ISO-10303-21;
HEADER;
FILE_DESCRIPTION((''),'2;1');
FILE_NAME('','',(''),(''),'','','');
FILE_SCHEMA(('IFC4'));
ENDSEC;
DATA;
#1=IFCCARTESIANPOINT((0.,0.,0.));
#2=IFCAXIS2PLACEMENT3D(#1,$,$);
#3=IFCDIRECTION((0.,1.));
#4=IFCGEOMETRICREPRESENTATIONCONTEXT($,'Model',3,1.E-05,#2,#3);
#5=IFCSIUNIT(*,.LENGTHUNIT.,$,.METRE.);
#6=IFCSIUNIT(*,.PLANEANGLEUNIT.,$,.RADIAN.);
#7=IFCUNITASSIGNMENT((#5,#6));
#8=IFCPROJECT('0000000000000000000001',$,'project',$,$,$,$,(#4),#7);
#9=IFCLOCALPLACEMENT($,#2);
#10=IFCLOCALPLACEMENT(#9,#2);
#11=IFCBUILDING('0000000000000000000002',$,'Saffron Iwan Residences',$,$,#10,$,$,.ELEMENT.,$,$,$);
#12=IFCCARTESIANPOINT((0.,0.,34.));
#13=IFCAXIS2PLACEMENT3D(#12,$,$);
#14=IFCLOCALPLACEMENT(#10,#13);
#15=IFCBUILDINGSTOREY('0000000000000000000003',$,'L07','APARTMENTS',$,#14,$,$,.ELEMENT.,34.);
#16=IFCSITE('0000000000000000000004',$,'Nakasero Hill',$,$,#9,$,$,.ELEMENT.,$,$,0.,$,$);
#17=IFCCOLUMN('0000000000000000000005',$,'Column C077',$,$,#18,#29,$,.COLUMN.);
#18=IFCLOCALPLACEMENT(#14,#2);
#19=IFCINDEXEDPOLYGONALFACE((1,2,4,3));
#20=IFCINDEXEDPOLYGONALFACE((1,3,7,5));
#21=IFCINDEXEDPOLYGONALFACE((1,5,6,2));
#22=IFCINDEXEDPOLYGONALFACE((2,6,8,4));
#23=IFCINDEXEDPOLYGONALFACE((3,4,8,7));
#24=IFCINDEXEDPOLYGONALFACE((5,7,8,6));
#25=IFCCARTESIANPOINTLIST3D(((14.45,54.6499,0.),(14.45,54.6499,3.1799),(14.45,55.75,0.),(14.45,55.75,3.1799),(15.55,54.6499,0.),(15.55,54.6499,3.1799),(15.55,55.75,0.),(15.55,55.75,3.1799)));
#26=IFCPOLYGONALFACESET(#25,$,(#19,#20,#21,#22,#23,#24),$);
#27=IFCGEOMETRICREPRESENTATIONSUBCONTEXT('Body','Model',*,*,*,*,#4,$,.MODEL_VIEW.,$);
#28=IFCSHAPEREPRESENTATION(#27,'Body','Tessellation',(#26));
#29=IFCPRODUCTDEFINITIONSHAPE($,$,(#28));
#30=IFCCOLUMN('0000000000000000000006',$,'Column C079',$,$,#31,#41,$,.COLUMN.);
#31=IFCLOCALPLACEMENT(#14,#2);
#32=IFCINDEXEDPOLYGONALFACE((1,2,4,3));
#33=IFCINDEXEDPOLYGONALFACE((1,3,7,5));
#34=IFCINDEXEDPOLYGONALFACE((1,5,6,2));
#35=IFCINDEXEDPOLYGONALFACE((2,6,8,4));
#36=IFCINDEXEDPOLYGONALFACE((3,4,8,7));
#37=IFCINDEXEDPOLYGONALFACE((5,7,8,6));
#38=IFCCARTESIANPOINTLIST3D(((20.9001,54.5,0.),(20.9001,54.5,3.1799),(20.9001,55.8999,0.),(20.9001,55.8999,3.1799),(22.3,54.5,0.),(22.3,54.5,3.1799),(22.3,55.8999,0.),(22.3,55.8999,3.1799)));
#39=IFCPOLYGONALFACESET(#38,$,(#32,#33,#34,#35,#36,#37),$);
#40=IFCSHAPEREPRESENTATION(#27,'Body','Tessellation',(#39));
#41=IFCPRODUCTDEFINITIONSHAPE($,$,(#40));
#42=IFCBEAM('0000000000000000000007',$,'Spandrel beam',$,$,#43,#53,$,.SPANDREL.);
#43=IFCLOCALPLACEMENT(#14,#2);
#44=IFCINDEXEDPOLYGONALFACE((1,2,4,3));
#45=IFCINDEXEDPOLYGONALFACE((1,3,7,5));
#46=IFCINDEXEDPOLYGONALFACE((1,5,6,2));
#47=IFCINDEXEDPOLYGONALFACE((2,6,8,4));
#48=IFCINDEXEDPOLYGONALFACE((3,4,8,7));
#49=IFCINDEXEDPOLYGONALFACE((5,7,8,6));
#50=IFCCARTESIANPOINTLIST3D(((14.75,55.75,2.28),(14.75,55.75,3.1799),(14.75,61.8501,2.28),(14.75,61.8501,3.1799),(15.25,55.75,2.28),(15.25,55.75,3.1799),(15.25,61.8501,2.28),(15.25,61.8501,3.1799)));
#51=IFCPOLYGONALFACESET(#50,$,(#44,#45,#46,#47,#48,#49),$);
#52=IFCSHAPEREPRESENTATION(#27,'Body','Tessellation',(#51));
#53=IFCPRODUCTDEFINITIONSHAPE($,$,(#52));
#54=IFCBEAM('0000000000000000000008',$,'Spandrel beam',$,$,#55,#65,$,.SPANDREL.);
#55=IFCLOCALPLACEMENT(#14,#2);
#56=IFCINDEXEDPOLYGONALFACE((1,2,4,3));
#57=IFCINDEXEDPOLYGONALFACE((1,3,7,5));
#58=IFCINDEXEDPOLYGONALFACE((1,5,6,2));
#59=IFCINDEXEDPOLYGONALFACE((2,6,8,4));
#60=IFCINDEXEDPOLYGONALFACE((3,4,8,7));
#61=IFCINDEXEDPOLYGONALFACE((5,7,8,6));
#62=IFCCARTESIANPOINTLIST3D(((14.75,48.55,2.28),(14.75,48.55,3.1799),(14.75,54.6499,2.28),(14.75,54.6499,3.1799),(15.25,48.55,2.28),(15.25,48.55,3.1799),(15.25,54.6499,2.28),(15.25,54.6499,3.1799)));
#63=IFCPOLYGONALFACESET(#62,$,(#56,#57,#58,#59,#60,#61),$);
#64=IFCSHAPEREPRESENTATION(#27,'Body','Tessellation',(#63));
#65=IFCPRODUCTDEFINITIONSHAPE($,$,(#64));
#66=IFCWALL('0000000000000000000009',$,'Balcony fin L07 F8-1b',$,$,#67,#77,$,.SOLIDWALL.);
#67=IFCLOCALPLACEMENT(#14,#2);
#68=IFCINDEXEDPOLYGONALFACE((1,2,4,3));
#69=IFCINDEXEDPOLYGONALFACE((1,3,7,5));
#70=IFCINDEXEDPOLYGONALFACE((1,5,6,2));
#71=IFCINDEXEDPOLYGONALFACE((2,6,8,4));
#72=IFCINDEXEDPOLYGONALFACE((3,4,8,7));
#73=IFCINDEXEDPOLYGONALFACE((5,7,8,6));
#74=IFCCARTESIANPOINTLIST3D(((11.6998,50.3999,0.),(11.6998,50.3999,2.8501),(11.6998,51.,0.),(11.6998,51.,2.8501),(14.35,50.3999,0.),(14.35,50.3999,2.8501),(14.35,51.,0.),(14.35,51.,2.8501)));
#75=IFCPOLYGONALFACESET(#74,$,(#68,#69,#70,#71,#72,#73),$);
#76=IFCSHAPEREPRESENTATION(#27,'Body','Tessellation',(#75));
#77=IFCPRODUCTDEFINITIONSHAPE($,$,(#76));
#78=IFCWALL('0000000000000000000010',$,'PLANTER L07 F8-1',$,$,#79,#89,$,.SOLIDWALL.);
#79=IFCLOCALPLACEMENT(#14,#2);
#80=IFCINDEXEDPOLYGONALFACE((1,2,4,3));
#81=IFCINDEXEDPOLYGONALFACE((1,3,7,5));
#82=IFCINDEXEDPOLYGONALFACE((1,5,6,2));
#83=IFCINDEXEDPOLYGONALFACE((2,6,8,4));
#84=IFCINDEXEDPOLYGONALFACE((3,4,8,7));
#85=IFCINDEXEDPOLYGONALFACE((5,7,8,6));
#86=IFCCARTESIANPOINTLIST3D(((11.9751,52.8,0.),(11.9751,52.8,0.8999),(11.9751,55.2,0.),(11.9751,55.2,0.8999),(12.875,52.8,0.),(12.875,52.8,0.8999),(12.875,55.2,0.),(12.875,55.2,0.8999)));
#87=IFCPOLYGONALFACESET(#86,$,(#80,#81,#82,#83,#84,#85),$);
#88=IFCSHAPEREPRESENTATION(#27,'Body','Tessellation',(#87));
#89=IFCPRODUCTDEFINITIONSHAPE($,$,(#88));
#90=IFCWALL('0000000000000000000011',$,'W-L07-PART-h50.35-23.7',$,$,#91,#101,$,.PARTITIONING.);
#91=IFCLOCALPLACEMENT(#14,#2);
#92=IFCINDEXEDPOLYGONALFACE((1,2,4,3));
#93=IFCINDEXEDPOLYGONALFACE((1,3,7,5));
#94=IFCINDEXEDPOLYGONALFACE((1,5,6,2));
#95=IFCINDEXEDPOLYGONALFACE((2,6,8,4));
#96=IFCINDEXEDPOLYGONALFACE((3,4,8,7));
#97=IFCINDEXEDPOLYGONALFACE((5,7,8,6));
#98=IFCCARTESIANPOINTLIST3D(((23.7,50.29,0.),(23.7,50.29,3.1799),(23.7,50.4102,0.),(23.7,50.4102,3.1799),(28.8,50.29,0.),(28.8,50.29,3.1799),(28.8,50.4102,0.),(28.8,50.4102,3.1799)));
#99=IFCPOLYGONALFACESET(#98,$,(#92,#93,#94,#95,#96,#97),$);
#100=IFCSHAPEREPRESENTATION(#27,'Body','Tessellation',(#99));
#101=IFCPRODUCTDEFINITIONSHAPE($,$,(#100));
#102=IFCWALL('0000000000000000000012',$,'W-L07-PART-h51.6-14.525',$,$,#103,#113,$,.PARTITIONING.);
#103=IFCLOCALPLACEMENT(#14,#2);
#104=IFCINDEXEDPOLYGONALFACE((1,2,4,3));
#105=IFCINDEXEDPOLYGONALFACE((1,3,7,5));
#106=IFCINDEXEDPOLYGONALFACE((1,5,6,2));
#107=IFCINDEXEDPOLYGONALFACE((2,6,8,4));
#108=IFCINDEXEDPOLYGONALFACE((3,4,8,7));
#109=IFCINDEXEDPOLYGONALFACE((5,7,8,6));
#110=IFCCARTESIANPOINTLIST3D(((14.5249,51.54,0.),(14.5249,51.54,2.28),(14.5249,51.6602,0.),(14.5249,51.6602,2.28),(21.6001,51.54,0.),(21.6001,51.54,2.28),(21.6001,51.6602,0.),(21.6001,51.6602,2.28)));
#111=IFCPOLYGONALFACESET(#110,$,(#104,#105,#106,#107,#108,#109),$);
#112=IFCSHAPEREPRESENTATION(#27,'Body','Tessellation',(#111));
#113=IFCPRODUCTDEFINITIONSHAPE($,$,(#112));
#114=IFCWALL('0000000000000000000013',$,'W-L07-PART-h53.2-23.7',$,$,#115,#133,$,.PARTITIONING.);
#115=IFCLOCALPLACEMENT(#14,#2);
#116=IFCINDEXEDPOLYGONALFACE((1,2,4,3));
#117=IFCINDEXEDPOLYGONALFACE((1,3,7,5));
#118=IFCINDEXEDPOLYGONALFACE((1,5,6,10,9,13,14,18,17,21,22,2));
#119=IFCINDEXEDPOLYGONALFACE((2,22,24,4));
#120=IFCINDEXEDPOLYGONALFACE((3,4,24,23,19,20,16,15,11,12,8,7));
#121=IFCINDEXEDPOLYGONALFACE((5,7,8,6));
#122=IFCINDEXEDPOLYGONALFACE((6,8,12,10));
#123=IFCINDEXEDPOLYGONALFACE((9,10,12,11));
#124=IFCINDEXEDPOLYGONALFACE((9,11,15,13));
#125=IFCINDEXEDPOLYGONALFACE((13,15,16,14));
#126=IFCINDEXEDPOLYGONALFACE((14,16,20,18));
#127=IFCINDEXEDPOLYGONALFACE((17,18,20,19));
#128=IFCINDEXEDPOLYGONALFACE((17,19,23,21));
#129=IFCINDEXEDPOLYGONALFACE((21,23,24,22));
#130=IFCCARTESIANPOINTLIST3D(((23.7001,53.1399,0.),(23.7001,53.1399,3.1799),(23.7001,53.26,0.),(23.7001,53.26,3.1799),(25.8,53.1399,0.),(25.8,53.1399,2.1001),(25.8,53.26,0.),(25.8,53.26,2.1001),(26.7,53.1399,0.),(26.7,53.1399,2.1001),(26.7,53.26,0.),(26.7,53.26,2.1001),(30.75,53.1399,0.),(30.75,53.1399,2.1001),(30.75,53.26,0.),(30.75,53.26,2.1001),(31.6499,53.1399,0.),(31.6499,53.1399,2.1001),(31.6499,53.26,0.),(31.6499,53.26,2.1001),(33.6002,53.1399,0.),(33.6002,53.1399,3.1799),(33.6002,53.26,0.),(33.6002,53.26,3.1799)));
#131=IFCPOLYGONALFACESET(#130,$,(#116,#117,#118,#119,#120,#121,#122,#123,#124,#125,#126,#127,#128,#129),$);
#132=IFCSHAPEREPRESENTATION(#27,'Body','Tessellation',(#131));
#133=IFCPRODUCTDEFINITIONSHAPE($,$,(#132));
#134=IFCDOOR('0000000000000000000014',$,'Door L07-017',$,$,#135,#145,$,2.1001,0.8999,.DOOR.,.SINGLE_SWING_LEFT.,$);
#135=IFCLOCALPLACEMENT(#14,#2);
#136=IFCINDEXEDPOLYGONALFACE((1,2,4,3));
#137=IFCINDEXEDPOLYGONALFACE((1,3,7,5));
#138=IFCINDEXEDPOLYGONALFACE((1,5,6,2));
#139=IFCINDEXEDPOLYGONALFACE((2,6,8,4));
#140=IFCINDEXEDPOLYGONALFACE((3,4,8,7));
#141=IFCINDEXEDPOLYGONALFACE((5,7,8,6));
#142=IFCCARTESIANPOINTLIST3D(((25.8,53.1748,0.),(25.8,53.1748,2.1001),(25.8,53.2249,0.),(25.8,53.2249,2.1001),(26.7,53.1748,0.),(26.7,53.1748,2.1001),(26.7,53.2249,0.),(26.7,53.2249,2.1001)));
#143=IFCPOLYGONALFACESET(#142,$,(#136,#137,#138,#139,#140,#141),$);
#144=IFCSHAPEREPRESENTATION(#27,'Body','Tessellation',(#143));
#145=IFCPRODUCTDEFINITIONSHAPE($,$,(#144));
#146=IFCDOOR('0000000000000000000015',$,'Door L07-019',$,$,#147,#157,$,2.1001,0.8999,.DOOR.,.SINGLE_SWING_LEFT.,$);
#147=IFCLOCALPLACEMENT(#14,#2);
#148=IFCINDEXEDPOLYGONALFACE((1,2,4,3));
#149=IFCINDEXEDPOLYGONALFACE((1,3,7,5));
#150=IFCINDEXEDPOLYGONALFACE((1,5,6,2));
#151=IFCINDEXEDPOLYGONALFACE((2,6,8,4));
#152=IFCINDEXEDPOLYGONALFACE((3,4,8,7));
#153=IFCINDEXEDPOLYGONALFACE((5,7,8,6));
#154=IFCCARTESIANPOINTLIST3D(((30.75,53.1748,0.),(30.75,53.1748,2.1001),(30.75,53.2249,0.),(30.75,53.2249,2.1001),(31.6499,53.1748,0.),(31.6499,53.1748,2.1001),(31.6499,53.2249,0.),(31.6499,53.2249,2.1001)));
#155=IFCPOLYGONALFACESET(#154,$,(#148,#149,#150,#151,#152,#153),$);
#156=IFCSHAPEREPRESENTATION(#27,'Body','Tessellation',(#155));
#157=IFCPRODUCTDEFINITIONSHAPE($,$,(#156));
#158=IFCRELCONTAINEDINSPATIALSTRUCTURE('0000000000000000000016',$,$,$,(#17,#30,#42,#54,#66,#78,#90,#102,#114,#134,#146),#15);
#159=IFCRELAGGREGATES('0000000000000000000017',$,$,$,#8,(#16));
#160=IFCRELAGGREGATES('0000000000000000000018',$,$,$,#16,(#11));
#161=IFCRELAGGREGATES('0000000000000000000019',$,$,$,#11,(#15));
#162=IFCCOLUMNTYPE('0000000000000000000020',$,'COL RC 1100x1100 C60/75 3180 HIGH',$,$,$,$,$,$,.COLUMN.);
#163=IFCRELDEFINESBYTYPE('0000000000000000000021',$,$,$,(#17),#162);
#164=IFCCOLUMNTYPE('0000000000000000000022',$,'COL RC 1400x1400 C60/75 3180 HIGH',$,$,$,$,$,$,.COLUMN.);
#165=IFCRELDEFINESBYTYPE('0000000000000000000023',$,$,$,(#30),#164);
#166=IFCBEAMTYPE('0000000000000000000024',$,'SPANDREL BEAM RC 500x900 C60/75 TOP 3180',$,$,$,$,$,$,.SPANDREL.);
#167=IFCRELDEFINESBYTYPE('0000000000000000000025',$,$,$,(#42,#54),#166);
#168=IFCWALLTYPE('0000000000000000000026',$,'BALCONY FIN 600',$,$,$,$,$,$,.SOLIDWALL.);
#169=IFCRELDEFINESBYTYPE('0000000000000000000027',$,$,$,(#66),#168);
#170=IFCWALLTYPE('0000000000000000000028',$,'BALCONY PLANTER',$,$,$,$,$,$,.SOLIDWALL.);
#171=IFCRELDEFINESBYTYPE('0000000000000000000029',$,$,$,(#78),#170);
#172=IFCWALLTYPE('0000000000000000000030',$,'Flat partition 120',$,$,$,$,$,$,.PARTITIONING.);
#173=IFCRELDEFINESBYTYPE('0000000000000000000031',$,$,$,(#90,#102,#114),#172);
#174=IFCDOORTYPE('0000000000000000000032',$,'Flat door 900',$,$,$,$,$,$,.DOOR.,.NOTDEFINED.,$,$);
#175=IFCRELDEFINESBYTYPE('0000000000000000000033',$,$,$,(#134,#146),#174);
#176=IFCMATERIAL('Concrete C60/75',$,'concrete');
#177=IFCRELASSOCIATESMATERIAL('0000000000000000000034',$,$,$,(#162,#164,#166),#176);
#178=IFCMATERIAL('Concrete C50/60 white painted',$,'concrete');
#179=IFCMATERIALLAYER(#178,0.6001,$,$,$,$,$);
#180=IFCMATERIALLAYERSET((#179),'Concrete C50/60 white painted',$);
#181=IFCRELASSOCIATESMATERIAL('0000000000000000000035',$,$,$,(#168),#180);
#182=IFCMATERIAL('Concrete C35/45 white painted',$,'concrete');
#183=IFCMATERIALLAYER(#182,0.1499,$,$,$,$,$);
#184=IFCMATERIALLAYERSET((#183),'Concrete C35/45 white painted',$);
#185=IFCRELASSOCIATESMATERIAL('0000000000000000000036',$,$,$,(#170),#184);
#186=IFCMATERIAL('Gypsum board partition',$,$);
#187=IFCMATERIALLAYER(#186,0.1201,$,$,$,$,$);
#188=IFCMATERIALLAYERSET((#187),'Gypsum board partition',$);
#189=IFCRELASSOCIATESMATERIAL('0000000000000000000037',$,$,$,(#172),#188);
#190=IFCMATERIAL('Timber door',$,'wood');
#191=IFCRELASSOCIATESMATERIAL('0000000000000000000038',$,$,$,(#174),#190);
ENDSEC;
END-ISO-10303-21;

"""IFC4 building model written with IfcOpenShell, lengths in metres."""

from ifc_helpers import new_model, si_unit, direction, frame, frame_2d, origin, origin_2d, place, context, subcontext, project, spatial, rectangle, extrude, source, transform, mapped, material, layer, layer_set, material_profile, profile_set, type_object, element, fill, save


model = new_model("IFC4")

# Units and contexts
model_context = context("Model", 3, precision=1e-05, world=origin(), true_north=direction((0.0, 1.0)))
body_context = subcontext(model_context, "Body", "Model", "MODEL_VIEW")
ifc_project = project(units=[si_unit("LENGTHUNIT", "METRE"), si_unit("PLANEANGLEUNIT", "RADIAN")], contexts=[model_context])

# Site, building, storey
site_placement = place(None, origin())
site = spatial("IfcSite", under=ifc_project, at=site_placement, Name="Nakasero Hill", CompositionType="ELEMENT", RefElevation=0.0)
building_placement = place(site_placement, origin())
building = spatial("IfcBuilding", under=site, at=building_placement, Name="Saffron Iwan Residences", CompositionType="ELEMENT")
storey_placement = place(building_placement, frame((0.0, 0.0, 34.0)))
storey = spatial("IfcBuildingStorey", under=building, at=storey_placement, Name="L07", Description="APARTMENTS", CompositionType="ELEMENT", Elevation=34.0)

# Columns
ifc_material_1 = material(Name="Concrete C60/75", Category="concrete")
ifc_material_profile_1 = material_profile(ifc_material_1, rectangle(XDim=1.1001, YDim=1.1001, at=origin_2d()), Name="RC 1100x1100")
ifc_profile_set_1 = profile_set([ifc_material_profile_1], Name="Concrete C60/75")
column_type_1 = type_object("IfcColumnType", Name="COL RC 1100x1100 C60/75 3180 HIGH", PredefinedType="COLUMN", material=ifc_profile_set_1)
shared_shape_1 = source(origin(), body_context, "Body", "SweptSolid", [
    extrude(rectangle(XDim=1.1001, YDim=1.1001, at=origin_2d()), origin(), (0.0, 0.0, 1.0), 3.1799),
])
column_1_placement = place(storey_placement, frame((15.0, 55.2, 0.0), z_axis=(0.0, 0.0, 1.0), x_axis=(1.0, 0.0, 0.0)))
element("IfcColumn", 1, at=column_1_placement, inside=storey, type_object=column_type_1, Name="Column C077", PredefinedType="COLUMN", context=body_context, shape_type="MappedRepresentation", body=[
    mapped(shared_shape_1, transform((0.0, 0.0, 0.0))),
])
ifc_material_profile_2 = material_profile(ifc_material_1, rectangle(XDim=1.3999, YDim=1.3999, at=origin_2d()), Name="RC 1400x1400")
ifc_profile_set_2 = profile_set([ifc_material_profile_2], Name="Concrete C60/75")
column_type_2 = type_object("IfcColumnType", Name="COL RC 1400x1400 C60/75 3180 HIGH", PredefinedType="COLUMN", material=ifc_profile_set_2)
shared_shape_2 = source(origin(), body_context, "Body", "SweptSolid", [
    extrude(rectangle(XDim=1.3999, YDim=1.3999, at=origin_2d()), origin(), (0.0, 0.0, 1.0), 3.1799),
])
column_2_placement = place(storey_placement, frame((21.6001, 55.2, 0.0), z_axis=(0.0, 0.0, 1.0), x_axis=(1.0, 0.0, 0.0)))
element("IfcColumn", 2, at=column_2_placement, inside=storey, type_object=column_type_2, Name="Column C079", PredefinedType="COLUMN", context=body_context, shape_type="MappedRepresentation", body=[
    mapped(shared_shape_2, transform((0.0, 0.0, 0.0))),
])

# Beams
ifc_material_profile_3 = material_profile(ifc_material_1, rectangle(XDim=0.5, YDim=0.8999, at=origin_2d()), Name="RC 500x900")
ifc_profile_set_3 = profile_set([ifc_material_profile_3], Name="Concrete C60/75")
beam_type = type_object("IfcBeamType", Name="SPANDREL BEAM RC 500x900 C60/75 TOP 3180", PredefinedType="SPANDREL", material=ifc_profile_set_3)
shared_shape_3 = source(origin(), body_context, "Body", "SweptSolid", [
    extrude(rectangle(XDim=0.5, YDim=0.8999, at=origin_2d()), origin(), (0.0, 0.0, 1.0), 6.1001),
])
beam_1_placement = place(storey_placement, frame((15.0, 55.75, 2.73), z_axis=(0.0, 1.0, 0.0), x_axis=(-1.0, 0.0, 0.0)))
element("IfcBeam", 3, at=beam_1_placement, inside=storey, type_object=beam_type, Name="Spandrel beam", PredefinedType="SPANDREL", context=body_context, shape_type="MappedRepresentation", body=[
    mapped(shared_shape_3, transform((0.0, 0.0, 0.0))),
])
shared_shape_4 = source(origin(), body_context, "Body", "SweptSolid", [
    extrude(rectangle(XDim=0.5, YDim=0.8999, at=origin_2d()), origin(), (0.0, 0.0, 1.0), 6.0999),
])
beam_2_placement = place(storey_placement, frame((15.0, 48.55, 2.73), z_axis=(0.0, 1.0, 0.0), x_axis=(-1.0, 0.0, 0.0)))
element("IfcBeam", 4, at=beam_2_placement, inside=storey, type_object=beam_type, Name="Spandrel beam", PredefinedType="SPANDREL", context=body_context, shape_type="MappedRepresentation", body=[
    mapped(shared_shape_4, transform((0.0, 0.0, 0.0))),
])

# Walls
ifc_material_2 = material(Name="Concrete C50/60 white painted", Category="concrete")
ifc_layer_1 = layer(ifc_material_2, 0.6001)
ifc_layer_set_1 = layer_set([ifc_layer_1], Name="Concrete C50/60 white painted")
wall_type_1 = type_object("IfcWallType", Name="BALCONY FIN 600", PredefinedType="SOLIDWALL", material=ifc_layer_set_1)
wall_1_placement = place(storey_placement, frame((14.3501, 50.7, 0.0), z_axis=(0.0, 0.0, 1.0), x_axis=(-1.0, 0.0, 0.0)))
element("IfcWall", 5, at=wall_1_placement, inside=storey, type_object=wall_type_1, Name="Balcony fin L07 F8-1b", PredefinedType="SOLIDWALL", context=body_context, shape_type="SweptSolid", body=[
    extrude(rectangle(XDim=2.6501, YDim=0.6001, at=frame_2d((1.3252, 0.0))), origin(), (0.0, 0.0, 1.0), 2.8501),
])
ifc_material_3 = material(Name="Concrete C35/45 white painted", Category="concrete")
ifc_layer_2 = layer(ifc_material_3, 0.1499)
ifc_layer_set_2 = layer_set([ifc_layer_2], Name="Concrete C35/45 white painted")
wall_type_2 = type_object("IfcWallType", Name="BALCONY PLANTER", PredefinedType="SOLIDWALL", material=ifc_layer_set_2)
wall_2_placement = place(storey_placement, frame((12.425, 55.2, 0.0), z_axis=(0.0, 0.0, 1.0), x_axis=(0.0, -1.0, 0.0)))
element("IfcWall", 6, at=wall_2_placement, inside=storey, type_object=wall_type_2, Name="PLANTER L07 F8-1", PredefinedType="SOLIDWALL", context=body_context, shape_type="SweptSolid", body=[
    extrude(rectangle(XDim=2.3999, YDim=0.8999, at=frame_2d((1.2, 0.0))), origin(), (0.0, 0.0, 1.0), 0.8999),
])

# Walls
ifc_material_4 = material(Name="Gypsum board partition")
ifc_layer_3 = layer(ifc_material_4, 0.1201)
ifc_layer_set_3 = layer_set([ifc_layer_3], Name="Gypsum board partition")
wall_type_3 = type_object("IfcWallType", Name="Flat partition 120", PredefinedType="PARTITIONING", material=ifc_layer_set_3)
wall_3_placement = place(storey_placement, frame((23.7, 50.3501, 0.0), z_axis=(0.0, 0.0, 1.0), x_axis=(1.0, 0.0, 0.0)))
element("IfcWall", 7, at=wall_3_placement, inside=storey, type_object=wall_type_3, Name="W-L07-PART-h50.35-23.7", PredefinedType="PARTITIONING", context=body_context, shape_type="SweptSolid", body=[
    extrude(rectangle(XDim=5.1001, YDim=0.1201, at=frame_2d((2.55, 0.0))), origin(), (0.0, 0.0, 1.0), 3.1799),
])
wall_4_placement = place(storey_placement, frame((14.5249, 51.6001, 0.0), z_axis=(0.0, 0.0, 1.0), x_axis=(1.0, 0.0, 0.0)))
element("IfcWall", 8, at=wall_4_placement, inside=storey, type_object=wall_type_3, Name="W-L07-PART-h51.6-14.525", PredefinedType="PARTITIONING", context=body_context, shape_type="SweptSolid", body=[
    extrude(rectangle(XDim=7.0752, YDim=0.1201, at=frame_2d((3.5376, 0.0))), origin(), (0.0, 0.0, 1.0), 2.28),
])

# Wall, openings, doors
wall_5_placement = place(storey_placement, frame((23.7, 53.2, 0.0), z_axis=(0.0, 0.0, 1.0), x_axis=(1.0, 0.0, 0.0)))
wall_5 = element("IfcWall", 9, at=wall_5_placement, inside=storey, type_object=wall_type_3, Name="W-L07-PART-h53.2-23.7", PredefinedType="PARTITIONING", context=body_context, shape_type="SweptSolid", body=[
    extrude(rectangle(XDim=9.9001, YDim=0.1201, at=frame_2d((4.9502, 0.0))), origin(), (0.0, 0.0, 1.0), 3.1799),
])
opening_1_placement = place(wall_5_placement, frame((2.1001, 0.0, 0.0)))
opening_1 = element("IfcOpeningElement", 10, at=opening_1_placement, cuts=wall_5, PredefinedType="OPENING", context=body_context, shape_type="SweptSolid", body=[
    extrude(rectangle(XDim=0.8999, YDim=2.1001, at=frame_2d((0.45, 1.05))), frame((0.0, 0.0701, 0.0), z_axis=(0.0, -1.0, 0.0), x_axis=(1.0, 0.0, 0.0)), (0.0, 0.0, 1.0), 0.1401),
])
opening_2_placement = place(wall_5_placement, frame((7.05, 0.0, 0.0)))
opening_2 = element("IfcOpeningElement", 11, at=opening_2_placement, cuts=wall_5, PredefinedType="OPENING", context=body_context, shape_type="SweptSolid", body=[
    extrude(rectangle(XDim=0.8999, YDim=2.1001, at=frame_2d((0.45, 1.05))), frame((0.0, 0.0701, 0.0), z_axis=(0.0, -1.0, 0.0), x_axis=(1.0, 0.0, 0.0)), (0.0, 0.0, 1.0), 0.1401),
])
ifc_material_5 = material(Name="Timber door", Category="wood")
door_type_1 = type_object("IfcDoorType", Name="Flat door 900", OperationType="NOTDEFINED", PredefinedType="DOOR", material=ifc_material_5)
door_1_placement = place(opening_1_placement, origin())
door_1 = element("IfcDoor", 12, at=door_1_placement, inside=storey, type_object=door_type_1, Name="Door L07-017", OperationType="SINGLE_SWING_LEFT", OverallHeight=2.1001, OverallWidth=0.8999, PredefinedType="DOOR", context=body_context, shape_type="SweptSolid", body=[
    extrude(rectangle(XDim=0.8999, YDim=2.1001, at=frame_2d((0.45, 1.05))), frame((0.0, 0.0249, 0.0), z_axis=(0.0, -1.0, 0.0), x_axis=(1.0, 0.0, 0.0)), (0.0, 0.0, 1.0), 0.05),
])
fill(opening_1, door_1)
door_2_placement = place(opening_2_placement, origin())
door_2 = element("IfcDoor", 13, at=door_2_placement, inside=storey, type_object=door_type_1, Name="Door L07-019", OperationType="SINGLE_SWING_LEFT", OverallHeight=2.1001, OverallWidth=0.8999, PredefinedType="DOOR", context=body_context, shape_type="SweptSolid", body=[
    extrude(rectangle(XDim=0.8999, YDim=2.1001, at=frame_2d((0.45, 1.05))), frame((0.0, 0.0249, 0.0), z_axis=(0.0, -1.0, 0.0), x_axis=(1.0, 0.0, 0.0)), (0.0, 0.0, 1.0), 0.05),
])
fill(opening_2, door_2)

save(model, "model.ifc")
